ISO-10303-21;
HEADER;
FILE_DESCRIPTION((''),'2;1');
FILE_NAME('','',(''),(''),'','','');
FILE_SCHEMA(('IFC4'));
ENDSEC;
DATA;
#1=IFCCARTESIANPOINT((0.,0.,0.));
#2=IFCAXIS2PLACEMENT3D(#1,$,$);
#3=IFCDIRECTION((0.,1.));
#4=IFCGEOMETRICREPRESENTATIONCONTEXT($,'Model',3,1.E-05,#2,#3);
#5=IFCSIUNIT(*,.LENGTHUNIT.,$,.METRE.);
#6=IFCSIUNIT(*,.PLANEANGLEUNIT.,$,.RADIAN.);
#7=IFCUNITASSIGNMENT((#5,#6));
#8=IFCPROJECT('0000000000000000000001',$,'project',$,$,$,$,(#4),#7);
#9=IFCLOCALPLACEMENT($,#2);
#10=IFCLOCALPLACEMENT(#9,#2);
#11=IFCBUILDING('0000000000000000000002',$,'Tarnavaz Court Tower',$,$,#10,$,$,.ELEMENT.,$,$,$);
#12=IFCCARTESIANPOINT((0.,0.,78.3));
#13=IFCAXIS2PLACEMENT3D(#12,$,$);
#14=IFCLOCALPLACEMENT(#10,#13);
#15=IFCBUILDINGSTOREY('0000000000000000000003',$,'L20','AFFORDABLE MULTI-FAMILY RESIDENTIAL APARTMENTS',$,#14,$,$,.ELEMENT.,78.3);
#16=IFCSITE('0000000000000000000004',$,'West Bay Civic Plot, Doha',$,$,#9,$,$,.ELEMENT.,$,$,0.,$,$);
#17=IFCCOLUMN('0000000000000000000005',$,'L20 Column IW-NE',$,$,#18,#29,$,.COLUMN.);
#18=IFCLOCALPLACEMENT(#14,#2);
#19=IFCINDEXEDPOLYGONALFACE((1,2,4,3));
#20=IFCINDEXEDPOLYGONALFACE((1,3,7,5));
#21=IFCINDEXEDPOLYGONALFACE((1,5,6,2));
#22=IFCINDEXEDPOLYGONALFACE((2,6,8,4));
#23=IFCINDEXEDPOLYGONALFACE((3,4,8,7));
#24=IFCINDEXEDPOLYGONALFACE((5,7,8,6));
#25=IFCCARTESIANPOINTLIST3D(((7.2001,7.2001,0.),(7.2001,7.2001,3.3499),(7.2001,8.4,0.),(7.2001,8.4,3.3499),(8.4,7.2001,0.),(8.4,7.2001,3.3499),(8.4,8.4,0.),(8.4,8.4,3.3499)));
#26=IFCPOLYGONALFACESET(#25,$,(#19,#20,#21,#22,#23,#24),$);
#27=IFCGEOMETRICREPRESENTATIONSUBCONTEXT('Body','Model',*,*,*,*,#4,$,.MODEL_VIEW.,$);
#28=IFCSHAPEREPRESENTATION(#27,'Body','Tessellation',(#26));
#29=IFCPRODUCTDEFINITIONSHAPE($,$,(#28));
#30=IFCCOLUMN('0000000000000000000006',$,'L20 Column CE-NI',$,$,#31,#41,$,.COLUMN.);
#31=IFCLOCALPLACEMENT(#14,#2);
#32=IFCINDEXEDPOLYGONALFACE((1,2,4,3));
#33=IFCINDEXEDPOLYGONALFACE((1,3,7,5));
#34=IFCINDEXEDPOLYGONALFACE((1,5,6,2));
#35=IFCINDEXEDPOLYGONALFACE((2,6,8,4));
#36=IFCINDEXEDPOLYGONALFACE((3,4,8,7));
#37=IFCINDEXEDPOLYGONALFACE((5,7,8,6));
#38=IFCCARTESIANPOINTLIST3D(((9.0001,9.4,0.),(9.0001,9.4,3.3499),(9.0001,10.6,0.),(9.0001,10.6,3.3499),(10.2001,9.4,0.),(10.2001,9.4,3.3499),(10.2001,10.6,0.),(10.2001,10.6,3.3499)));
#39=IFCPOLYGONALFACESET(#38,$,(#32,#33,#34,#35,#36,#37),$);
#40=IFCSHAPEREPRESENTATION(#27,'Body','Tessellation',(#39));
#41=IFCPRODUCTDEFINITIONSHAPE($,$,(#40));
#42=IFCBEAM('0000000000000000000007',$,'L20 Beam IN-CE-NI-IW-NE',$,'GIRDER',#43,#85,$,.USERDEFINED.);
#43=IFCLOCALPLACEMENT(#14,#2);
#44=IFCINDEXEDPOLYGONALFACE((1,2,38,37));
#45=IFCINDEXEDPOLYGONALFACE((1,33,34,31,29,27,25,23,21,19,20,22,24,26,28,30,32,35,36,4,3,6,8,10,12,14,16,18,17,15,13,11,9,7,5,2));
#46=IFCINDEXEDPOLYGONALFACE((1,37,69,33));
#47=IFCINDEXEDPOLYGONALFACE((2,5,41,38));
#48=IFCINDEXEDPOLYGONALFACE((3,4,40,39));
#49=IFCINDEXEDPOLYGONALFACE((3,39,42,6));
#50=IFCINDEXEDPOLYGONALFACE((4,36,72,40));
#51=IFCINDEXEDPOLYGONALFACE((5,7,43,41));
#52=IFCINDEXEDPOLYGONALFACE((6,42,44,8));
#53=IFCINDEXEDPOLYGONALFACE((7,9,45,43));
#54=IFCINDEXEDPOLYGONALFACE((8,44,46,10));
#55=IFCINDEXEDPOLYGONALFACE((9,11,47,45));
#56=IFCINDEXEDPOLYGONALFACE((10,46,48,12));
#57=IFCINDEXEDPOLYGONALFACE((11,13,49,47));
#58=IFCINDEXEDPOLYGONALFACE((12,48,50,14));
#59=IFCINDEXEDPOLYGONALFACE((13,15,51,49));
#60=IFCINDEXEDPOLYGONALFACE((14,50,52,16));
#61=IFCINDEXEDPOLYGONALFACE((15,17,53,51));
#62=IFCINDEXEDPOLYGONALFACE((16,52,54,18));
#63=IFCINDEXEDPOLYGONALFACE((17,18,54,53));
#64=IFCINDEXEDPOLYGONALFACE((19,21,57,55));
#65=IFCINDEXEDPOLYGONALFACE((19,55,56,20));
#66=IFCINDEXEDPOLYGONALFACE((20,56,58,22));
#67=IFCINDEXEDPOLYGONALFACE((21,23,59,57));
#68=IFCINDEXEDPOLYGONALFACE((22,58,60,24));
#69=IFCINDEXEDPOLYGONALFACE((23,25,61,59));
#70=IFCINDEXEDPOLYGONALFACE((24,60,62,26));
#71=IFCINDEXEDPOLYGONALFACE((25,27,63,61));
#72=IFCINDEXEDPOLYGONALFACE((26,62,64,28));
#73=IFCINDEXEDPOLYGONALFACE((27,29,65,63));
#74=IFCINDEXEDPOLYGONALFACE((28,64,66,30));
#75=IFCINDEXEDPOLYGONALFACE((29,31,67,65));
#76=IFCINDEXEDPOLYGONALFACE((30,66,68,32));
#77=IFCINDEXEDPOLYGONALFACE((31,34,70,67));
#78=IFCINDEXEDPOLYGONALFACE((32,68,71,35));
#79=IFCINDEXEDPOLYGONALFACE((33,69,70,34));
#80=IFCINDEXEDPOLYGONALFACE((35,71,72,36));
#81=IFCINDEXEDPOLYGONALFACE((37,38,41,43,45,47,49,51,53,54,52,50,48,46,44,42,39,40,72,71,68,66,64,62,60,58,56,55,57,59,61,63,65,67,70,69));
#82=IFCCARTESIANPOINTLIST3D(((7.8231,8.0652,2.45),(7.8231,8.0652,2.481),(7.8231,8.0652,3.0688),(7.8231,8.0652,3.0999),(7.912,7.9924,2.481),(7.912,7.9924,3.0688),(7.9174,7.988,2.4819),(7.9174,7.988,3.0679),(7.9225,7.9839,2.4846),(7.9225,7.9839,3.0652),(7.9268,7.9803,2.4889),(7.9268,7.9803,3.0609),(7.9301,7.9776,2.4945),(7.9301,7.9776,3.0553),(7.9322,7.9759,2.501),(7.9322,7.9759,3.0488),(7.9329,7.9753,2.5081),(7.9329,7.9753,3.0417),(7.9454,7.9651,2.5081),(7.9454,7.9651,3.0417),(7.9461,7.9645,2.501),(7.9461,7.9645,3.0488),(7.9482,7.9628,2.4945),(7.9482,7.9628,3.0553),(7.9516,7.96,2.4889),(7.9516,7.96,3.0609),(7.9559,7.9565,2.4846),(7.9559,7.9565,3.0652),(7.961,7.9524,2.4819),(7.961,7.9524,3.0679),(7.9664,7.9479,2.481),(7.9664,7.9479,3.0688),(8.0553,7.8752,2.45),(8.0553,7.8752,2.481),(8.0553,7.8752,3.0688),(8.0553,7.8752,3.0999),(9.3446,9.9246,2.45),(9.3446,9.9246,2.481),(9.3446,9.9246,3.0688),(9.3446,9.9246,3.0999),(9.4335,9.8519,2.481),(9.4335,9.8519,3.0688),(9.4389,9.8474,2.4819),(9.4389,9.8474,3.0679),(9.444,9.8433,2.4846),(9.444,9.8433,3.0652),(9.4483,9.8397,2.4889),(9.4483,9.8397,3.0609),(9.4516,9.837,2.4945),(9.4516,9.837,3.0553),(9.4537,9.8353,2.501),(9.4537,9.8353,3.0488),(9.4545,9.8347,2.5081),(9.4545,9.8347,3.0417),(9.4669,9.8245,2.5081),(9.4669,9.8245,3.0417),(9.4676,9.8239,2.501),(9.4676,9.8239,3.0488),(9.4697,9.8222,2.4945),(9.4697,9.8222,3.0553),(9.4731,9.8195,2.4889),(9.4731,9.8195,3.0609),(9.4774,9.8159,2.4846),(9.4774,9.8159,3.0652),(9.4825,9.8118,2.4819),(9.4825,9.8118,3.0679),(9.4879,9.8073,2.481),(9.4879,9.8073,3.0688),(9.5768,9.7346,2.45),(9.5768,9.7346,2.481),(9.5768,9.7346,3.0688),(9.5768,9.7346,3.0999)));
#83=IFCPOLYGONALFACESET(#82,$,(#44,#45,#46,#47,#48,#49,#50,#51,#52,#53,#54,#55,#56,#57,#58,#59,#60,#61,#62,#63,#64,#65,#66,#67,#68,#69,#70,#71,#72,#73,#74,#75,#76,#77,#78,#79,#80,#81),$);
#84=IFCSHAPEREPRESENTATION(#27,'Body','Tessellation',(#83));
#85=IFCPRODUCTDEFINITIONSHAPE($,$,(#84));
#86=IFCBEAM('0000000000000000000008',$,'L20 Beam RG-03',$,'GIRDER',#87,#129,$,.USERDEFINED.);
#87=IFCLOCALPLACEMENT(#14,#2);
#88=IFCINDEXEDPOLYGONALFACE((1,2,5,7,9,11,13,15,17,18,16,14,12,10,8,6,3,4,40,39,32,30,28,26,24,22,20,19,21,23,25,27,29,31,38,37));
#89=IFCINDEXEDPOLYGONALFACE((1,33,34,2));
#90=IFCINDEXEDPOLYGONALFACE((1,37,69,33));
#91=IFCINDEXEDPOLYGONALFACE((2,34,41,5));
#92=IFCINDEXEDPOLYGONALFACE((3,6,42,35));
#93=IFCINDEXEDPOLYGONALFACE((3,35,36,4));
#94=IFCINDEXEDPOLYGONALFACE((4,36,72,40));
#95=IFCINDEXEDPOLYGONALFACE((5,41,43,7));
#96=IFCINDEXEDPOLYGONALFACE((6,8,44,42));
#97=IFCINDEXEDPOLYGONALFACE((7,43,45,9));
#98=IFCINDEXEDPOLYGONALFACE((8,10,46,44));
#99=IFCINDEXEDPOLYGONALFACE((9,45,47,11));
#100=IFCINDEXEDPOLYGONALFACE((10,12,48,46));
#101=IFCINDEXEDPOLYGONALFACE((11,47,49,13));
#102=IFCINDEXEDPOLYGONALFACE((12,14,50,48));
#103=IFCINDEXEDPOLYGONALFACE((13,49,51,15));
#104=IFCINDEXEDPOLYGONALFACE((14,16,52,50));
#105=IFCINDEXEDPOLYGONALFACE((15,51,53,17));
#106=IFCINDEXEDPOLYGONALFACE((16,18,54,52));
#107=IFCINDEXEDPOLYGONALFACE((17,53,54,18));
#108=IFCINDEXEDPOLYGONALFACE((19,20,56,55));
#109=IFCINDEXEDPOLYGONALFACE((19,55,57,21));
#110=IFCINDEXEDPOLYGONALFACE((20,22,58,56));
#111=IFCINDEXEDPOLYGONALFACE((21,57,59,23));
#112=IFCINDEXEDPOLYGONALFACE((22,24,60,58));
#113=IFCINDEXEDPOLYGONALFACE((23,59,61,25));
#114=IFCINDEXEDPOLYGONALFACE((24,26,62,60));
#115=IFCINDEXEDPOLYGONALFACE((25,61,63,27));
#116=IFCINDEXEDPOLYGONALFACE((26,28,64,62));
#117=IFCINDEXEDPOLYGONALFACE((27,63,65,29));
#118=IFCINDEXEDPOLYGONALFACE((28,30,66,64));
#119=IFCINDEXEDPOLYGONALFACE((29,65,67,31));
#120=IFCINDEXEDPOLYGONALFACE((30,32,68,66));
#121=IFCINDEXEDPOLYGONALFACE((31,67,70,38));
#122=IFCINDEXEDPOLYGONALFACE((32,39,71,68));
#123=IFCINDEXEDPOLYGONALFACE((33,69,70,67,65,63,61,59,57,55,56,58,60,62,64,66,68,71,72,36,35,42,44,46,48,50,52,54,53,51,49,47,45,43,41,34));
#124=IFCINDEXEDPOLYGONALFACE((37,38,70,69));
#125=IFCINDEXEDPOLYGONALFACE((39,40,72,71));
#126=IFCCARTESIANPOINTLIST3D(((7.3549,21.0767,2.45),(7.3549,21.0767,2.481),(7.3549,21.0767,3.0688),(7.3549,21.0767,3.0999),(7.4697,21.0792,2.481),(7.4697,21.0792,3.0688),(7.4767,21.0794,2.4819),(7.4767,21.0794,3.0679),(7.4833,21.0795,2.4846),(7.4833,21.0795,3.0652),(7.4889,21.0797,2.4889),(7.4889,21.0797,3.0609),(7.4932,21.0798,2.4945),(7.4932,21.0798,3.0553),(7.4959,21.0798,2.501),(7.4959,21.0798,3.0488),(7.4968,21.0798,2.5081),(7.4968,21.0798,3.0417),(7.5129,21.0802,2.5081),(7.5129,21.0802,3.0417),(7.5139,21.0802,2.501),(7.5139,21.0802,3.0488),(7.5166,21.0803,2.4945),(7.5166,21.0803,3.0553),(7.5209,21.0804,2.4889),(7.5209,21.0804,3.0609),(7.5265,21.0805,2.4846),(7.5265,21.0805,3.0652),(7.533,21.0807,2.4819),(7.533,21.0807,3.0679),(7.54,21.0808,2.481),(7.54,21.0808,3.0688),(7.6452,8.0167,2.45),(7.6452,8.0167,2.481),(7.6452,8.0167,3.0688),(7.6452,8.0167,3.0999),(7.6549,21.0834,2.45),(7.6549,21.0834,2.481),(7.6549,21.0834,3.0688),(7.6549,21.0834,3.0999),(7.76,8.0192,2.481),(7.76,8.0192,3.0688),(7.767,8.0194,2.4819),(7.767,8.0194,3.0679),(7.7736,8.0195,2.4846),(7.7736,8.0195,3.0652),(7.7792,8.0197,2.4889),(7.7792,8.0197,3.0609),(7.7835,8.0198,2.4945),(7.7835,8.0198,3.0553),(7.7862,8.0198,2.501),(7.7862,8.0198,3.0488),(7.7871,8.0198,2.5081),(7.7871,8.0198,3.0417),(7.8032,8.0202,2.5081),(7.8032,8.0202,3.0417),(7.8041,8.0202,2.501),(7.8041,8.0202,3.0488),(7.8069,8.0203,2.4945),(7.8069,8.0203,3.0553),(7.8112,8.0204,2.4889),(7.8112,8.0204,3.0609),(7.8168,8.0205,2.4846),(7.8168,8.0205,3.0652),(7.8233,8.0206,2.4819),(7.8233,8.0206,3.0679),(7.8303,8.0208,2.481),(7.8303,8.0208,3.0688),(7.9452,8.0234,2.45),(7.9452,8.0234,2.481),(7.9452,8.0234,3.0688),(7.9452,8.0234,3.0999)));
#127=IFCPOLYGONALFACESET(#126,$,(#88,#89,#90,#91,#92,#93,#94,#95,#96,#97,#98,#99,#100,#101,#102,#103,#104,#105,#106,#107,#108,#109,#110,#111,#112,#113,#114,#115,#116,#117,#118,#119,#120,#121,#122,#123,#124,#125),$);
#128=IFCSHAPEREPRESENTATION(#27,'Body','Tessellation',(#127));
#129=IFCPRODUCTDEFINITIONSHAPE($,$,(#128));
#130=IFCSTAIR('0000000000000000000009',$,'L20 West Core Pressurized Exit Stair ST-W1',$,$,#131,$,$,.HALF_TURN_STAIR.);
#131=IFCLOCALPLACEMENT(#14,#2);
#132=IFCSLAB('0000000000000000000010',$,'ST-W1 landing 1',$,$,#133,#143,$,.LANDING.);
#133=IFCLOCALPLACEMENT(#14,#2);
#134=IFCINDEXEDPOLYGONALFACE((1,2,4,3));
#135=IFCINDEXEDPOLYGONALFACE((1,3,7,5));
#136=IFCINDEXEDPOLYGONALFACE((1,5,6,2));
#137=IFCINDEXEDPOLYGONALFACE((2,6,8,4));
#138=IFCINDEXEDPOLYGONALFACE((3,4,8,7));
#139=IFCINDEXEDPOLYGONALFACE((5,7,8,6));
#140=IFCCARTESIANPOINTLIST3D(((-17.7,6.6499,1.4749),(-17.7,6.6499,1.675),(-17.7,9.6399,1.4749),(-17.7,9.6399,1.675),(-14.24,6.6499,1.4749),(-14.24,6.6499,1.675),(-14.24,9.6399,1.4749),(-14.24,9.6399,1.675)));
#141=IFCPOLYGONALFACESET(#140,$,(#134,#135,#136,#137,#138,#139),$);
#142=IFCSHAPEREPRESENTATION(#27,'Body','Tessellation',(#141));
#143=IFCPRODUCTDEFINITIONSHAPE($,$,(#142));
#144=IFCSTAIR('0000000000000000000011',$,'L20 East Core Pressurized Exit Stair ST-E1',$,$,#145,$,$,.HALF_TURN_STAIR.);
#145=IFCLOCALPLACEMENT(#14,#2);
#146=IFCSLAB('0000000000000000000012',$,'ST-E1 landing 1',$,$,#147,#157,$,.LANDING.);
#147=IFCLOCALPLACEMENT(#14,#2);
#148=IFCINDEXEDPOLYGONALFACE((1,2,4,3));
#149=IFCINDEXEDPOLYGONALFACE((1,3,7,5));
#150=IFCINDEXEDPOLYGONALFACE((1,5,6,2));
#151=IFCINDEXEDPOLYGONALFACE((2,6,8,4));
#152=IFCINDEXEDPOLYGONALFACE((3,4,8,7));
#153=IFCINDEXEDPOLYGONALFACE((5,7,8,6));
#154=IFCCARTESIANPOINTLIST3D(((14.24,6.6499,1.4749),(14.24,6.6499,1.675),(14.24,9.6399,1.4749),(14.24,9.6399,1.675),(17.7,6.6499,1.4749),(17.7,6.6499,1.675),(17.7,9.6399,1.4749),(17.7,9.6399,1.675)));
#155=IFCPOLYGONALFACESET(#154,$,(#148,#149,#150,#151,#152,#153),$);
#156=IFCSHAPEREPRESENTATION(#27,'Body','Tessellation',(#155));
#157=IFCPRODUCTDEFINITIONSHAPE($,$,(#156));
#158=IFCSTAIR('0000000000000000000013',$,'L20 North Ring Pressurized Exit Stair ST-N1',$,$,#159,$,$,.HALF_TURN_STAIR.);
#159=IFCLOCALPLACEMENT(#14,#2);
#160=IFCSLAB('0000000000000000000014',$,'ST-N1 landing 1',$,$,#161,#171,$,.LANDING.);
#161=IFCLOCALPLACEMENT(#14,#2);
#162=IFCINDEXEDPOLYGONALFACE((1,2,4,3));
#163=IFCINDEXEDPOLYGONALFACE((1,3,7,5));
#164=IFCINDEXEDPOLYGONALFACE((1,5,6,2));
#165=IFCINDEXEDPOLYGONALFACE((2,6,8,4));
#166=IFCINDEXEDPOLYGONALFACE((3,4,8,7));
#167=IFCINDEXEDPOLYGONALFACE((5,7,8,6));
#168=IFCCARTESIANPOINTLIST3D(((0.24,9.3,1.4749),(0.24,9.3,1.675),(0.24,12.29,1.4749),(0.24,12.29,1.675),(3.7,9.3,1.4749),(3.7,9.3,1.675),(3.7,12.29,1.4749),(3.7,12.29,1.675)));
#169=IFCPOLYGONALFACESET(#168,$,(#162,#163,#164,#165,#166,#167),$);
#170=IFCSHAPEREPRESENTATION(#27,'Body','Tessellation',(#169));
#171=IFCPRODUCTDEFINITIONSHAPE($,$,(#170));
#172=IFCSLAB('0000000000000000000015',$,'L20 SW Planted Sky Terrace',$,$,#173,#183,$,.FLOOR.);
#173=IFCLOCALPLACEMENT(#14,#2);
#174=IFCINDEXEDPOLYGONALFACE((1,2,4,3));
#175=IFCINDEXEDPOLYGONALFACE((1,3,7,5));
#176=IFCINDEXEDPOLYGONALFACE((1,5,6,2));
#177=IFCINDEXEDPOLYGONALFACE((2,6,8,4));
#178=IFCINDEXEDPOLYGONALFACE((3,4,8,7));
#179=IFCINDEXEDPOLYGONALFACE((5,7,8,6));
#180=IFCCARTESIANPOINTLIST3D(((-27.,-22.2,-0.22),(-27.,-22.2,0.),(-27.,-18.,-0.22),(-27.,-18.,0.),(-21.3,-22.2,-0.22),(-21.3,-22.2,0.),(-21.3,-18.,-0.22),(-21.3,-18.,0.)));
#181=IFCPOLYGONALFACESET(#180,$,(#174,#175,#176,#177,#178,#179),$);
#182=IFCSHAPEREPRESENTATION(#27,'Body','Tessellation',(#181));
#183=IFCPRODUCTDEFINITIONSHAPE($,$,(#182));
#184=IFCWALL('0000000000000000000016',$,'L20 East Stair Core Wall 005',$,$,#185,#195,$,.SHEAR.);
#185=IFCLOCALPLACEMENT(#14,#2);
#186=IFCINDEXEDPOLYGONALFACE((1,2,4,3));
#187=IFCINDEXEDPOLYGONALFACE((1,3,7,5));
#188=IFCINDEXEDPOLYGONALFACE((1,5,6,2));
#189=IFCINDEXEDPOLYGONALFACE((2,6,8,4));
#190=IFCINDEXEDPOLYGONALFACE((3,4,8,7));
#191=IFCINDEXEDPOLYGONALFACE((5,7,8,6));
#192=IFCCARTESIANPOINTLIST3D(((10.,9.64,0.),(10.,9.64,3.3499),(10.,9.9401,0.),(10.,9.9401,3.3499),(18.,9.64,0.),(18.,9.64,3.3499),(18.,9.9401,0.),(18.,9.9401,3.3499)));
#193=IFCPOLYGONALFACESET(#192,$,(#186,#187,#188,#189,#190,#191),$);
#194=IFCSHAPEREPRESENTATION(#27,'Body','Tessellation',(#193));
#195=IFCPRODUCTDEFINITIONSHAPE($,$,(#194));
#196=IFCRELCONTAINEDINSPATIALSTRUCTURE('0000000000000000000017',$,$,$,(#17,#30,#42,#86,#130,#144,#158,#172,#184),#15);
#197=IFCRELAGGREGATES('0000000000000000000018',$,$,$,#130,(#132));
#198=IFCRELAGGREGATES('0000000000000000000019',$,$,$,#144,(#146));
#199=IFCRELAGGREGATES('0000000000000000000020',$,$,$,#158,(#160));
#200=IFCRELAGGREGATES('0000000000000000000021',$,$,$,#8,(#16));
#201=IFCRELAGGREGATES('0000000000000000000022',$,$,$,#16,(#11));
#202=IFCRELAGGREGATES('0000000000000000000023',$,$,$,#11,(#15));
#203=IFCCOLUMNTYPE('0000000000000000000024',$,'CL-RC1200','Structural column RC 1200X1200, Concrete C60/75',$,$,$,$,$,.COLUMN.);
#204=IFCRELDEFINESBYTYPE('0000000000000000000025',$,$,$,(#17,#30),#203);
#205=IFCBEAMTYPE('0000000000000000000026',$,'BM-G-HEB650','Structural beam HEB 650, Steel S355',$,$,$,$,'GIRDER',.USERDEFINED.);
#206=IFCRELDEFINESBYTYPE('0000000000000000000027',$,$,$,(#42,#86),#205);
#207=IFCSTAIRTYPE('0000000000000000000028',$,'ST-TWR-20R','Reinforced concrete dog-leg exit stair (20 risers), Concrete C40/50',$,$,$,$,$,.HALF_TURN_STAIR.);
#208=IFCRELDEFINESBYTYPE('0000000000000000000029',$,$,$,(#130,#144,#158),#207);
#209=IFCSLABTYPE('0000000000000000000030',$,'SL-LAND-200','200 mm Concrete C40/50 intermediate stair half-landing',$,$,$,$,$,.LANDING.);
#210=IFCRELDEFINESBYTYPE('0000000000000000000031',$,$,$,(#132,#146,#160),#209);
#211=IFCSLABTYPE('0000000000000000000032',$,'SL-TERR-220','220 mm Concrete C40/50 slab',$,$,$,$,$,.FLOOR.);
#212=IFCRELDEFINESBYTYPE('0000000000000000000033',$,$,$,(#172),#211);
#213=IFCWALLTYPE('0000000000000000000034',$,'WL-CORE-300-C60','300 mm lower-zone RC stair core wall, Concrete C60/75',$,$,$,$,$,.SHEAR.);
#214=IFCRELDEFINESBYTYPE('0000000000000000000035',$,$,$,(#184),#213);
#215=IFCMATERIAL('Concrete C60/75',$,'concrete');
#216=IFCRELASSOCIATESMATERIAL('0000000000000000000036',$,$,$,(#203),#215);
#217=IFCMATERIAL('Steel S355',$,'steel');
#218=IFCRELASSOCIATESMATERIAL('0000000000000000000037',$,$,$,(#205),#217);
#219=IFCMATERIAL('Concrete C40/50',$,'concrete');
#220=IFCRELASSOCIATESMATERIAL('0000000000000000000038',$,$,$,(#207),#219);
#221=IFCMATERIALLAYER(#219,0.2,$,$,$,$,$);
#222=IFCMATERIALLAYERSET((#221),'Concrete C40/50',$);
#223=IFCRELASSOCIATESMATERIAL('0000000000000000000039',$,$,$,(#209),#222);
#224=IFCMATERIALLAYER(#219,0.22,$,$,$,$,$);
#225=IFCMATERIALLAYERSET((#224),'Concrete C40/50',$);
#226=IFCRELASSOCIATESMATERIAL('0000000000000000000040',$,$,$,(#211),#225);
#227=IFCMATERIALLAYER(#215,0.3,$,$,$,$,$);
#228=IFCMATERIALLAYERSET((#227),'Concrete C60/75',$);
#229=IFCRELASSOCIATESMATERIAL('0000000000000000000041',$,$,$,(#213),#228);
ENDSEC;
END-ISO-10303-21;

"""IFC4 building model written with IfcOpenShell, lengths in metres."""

from ifc_helpers import new_model, si_unit, direction, frame, frame_2d, origin, origin_2d, place, context, subcontext, project, spatial, polyline, rectangle, i_section, outline, extrude, material, layer, layer_set, material_profile, profile_set, type_object, element, aggregate, save


model = new_model("IFC4")

# Units and contexts
model_context = context("Model", 3, precision=1e-05, world=origin(), true_north=direction((0.0, 1.0)))
body_context = subcontext(model_context, "Body", "Model", "MODEL_VIEW")
ifc_project = project(units=[si_unit("LENGTHUNIT", "METRE"), si_unit("PLANEANGLEUNIT", "RADIAN")], contexts=[model_context])

# Site, building, storey
site_placement = place(None, origin())
site = spatial("IfcSite", under=ifc_project, at=site_placement, Name="West Bay Civic Plot, Doha", CompositionType="ELEMENT", RefElevation=0.0)
building_placement = place(site_placement, origin())
building = spatial("IfcBuilding", under=site, at=building_placement, Name="Tarnavaz Court Tower", CompositionType="ELEMENT")
storey_placement = place(building_placement, frame((0.0, 0.0, 78.3)))
storey = spatial("IfcBuildingStorey", under=building, at=storey_placement, Name="L20", Description="AFFORDABLE MULTI-FAMILY RESIDENTIAL APARTMENTS", CompositionType="ELEMENT", Elevation=78.3)

# Columns
ifc_material_1 = material(Name="Concrete C60/75", Category="concrete")
ifc_material_profile_1 = material_profile(ifc_material_1, rectangle(XDim=1.2, YDim=1.2, at=origin_2d()), Name="RC 1200X1200")
ifc_profile_set_1 = profile_set([ifc_material_profile_1], Name="Concrete C60/75")
column_type = type_object("IfcColumnType", Name="CL-RC1200", Description="Structural column RC 1200X1200, Concrete C60/75", PredefinedType="COLUMN", material=ifc_profile_set_1)
for number, where, z_axis, x_axis, name in (
    (1, (7.8, 7.8, 0.0), (0.0, 0.0, 1.0), (1.0, 0.0, 0.0), "L20 Column IW-NE"),
    (2, (9.6001, 10.0, 0.0), (0.0, 0.0, 1.0), (1.0, 0.0, 0.0), "L20 Column CE-NI"),
):
    element("IfcColumn", number, at=place(storey_placement, frame(where, z_axis=z_axis, x_axis=x_axis)), inside=storey, type_object=column_type, Name=name, PredefinedType="COLUMN", context=body_context, shape_type="SweptSolid", body=[
        extrude(rectangle(XDim=1.2, YDim=1.2, at=origin_2d()), origin(), (0.0, 0.0, 1.0), 3.3499),
    ])

# Beams
ifc_material_2 = material(Name="Steel S355", Category="steel")
ifc_material_profile_2 = material_profile(ifc_material_2, i_section(OverallWidth=0.3, OverallDepth=0.6499, WebThickness=0.0161, FlangeThickness=0.031, FilletRadius=0.0271, at=origin_2d()), Name="HEB 650")
ifc_profile_set_2 = profile_set([ifc_material_profile_2], Name="Steel S355")
beam_type = type_object("IfcBeamType", Name="BM-G-HEB650", Description="Structural beam HEB 650, Steel S355", ElementType="GIRDER", PredefinedType="USERDEFINED", material=ifc_profile_set_2)
beam_1_placement = place(storey_placement, frame((9.4607, 9.8296, 2.7749), z_axis=(-0.633282, -0.773921, 0.0), x_axis=(0.773921, -0.633282, 0.0)))
element("IfcBeam", 3, at=beam_1_placement, inside=storey, type_object=beam_type, Name="L20 Beam IN-CE-NI-IW-NE", ObjectType="GIRDER", PredefinedType="USERDEFINED", context=body_context, shape_type="SweptSolid", body=[
    extrude(i_section(OverallWidth=0.3, OverallDepth=0.6499, WebThickness=0.0161, FlangeThickness=0.031, FilletRadius=0.0271, at=origin_2d()), origin(), (0.0, 0.0, 1.0), 2.4026),
])
beam_2_placement = place(storey_placement, frame((7.7952, 8.02, 2.7749), z_axis=(-0.022221, 0.999753, 0.0), x_axis=(-0.999753, -0.022221, 0.0)))
element("IfcBeam", 4, at=beam_2_placement, inside=storey, type_object=beam_type, Name="L20 Beam RG-03", ObjectType="GIRDER", PredefinedType="USERDEFINED", context=body_context, shape_type="SweptSolid", body=[
    extrude(i_section(OverallWidth=0.3, OverallDepth=0.6499, WebThickness=0.0161, FlangeThickness=0.031, FilletRadius=0.0271, at=origin_2d()), origin(), (0.0, 0.0, 1.0), 13.0632),
])

# Stairs, slabs
ifc_material_3 = material(Name="Concrete C40/50", Category="concrete")
stair_type = type_object("IfcStairType", Name="ST-TWR-20R", Description="Reinforced concrete dog-leg exit stair (20 risers), Concrete C40/50", PredefinedType="HALF_TURN_STAIR", material=ifc_material_3)
stair_1_placement = place(storey_placement, origin())
stair_1 = element("IfcStair", 5, at=stair_1_placement, inside=storey, type_object=stair_type, Name="L20 West Core Pressurized Exit Stair ST-W1", PredefinedType="HALF_TURN_STAIR")
ifc_layer_1 = layer(ifc_material_3, 0.2)
ifc_layer_set_1 = layer_set([ifc_layer_1], Name="Concrete C40/50")
slab_type_1 = type_object("IfcSlabType", Name="SL-LAND-200", Description="200 mm Concrete C40/50 intermediate stair half-landing", PredefinedType="LANDING", material=ifc_layer_set_1)
slab_1_placement = place(storey_placement, frame((0.0, 0.0, 1.4749)))
slab_1 = element("IfcSlab", 6, at=slab_1_placement, type_object=slab_type_1, Name="ST-W1 landing 1", PredefinedType="LANDING", context=body_context, shape_type="SweptSolid", body=[
    extrude(outline(polyline([(-14.24, 9.6399), (-17.7, 9.6399), (-17.7, 6.6499), (-14.24, 6.6499), (-14.24, 9.6399)])), origin(), (0.0, 0.0, 1.0), 0.2002),
])
aggregate(stair_1, [slab_1])
stair_2_placement = place(storey_placement, origin())
stair_2 = element("IfcStair", 7, at=stair_2_placement, inside=storey, type_object=stair_type, Name="L20 East Core Pressurized Exit Stair ST-E1", PredefinedType="HALF_TURN_STAIR")
slab_2_placement = place(storey_placement, frame((0.0, 0.0, 1.4749)))
slab_2 = element("IfcSlab", 8, at=slab_2_placement, type_object=slab_type_1, Name="ST-E1 landing 1", PredefinedType="LANDING", context=body_context, shape_type="SweptSolid", body=[
    extrude(outline(polyline([(14.24, 6.6499), (17.7, 6.6499), (17.7, 9.6399), (14.24, 9.6399), (14.24, 6.6499)])), origin(), (0.0, 0.0, 1.0), 0.2002),
])
aggregate(stair_2, [slab_2])
stair_3_placement = place(storey_placement, origin())
stair_3 = element("IfcStair", 9, at=stair_3_placement, inside=storey, type_object=stair_type, Name="L20 North Ring Pressurized Exit Stair ST-N1", PredefinedType="HALF_TURN_STAIR")
slab_3_placement = place(storey_placement, frame((0.0, 0.0, 1.4749)))
slab_3 = element("IfcSlab", 10, at=slab_3_placement, type_object=slab_type_1, Name="ST-N1 landing 1", PredefinedType="LANDING", context=body_context, shape_type="SweptSolid", body=[
    extrude(outline(polyline([(0.24, 9.3), (3.7, 9.3), (3.7, 12.29), (0.24, 12.29), (0.24, 9.3)])), origin(), (0.0, 0.0, 1.0), 0.2002),
])

# Slab
ifc_layer_2 = layer(ifc_material_3, 0.22)
ifc_layer_set_2 = layer_set([ifc_layer_2], Name="Concrete C40/50")
slab_type_2 = type_object("IfcSlabType", Name="SL-TERR-220", Description="220 mm Concrete C40/50 slab", PredefinedType="FLOOR", material=ifc_layer_set_2)
slab_4_placement = place(storey_placement, frame((0.0, 0.0, -0.22)))
element("IfcSlab", 11, at=slab_4_placement, inside=storey, type_object=slab_type_2, Name="L20 SW Planted Sky Terrace", PredefinedType="FLOOR", context=body_context, shape_type="SweptSolid", body=[
    extrude(outline(polyline([(-27.0, -22.2), (-21.3, -22.2), (-21.3, -18.0), (-27.0, -18.0), (-27.0, -22.2)])), origin(), (0.0, 0.0, 1.0), 0.22),
])

# Wall
ifc_layer_3 = layer(ifc_material_1, 0.3)
ifc_layer_set_3 = layer_set([ifc_layer_3], Name="Concrete C60/75")
wall_type_1 = type_object("IfcWallType", Name="WL-CORE-300-C60", Description="300 mm lower-zone RC stair core wall, Concrete C60/75", PredefinedType="SHEAR", material=ifc_layer_set_3)
wall_1_placement = place(storey_placement, frame((10.0, 9.79, 0.0), z_axis=(0.0, 0.0, 1.0), x_axis=(1.0, 0.0, 0.0)))
element("IfcWall", 12, at=wall_1_placement, inside=storey, type_object=wall_type_1, Name="L20 East Stair Core Wall 005", PredefinedType="SHEAR", context=body_context, shape_type="SweptSolid", body=[
    extrude(rectangle(XDim=8.0, YDim=0.3, at=frame_2d((4.0, 0.0))), origin(), (0.0, 0.0, 1.0), 3.3499),
])

aggregate(stair_3, [slab_3])

save(model, "model.ifc")
